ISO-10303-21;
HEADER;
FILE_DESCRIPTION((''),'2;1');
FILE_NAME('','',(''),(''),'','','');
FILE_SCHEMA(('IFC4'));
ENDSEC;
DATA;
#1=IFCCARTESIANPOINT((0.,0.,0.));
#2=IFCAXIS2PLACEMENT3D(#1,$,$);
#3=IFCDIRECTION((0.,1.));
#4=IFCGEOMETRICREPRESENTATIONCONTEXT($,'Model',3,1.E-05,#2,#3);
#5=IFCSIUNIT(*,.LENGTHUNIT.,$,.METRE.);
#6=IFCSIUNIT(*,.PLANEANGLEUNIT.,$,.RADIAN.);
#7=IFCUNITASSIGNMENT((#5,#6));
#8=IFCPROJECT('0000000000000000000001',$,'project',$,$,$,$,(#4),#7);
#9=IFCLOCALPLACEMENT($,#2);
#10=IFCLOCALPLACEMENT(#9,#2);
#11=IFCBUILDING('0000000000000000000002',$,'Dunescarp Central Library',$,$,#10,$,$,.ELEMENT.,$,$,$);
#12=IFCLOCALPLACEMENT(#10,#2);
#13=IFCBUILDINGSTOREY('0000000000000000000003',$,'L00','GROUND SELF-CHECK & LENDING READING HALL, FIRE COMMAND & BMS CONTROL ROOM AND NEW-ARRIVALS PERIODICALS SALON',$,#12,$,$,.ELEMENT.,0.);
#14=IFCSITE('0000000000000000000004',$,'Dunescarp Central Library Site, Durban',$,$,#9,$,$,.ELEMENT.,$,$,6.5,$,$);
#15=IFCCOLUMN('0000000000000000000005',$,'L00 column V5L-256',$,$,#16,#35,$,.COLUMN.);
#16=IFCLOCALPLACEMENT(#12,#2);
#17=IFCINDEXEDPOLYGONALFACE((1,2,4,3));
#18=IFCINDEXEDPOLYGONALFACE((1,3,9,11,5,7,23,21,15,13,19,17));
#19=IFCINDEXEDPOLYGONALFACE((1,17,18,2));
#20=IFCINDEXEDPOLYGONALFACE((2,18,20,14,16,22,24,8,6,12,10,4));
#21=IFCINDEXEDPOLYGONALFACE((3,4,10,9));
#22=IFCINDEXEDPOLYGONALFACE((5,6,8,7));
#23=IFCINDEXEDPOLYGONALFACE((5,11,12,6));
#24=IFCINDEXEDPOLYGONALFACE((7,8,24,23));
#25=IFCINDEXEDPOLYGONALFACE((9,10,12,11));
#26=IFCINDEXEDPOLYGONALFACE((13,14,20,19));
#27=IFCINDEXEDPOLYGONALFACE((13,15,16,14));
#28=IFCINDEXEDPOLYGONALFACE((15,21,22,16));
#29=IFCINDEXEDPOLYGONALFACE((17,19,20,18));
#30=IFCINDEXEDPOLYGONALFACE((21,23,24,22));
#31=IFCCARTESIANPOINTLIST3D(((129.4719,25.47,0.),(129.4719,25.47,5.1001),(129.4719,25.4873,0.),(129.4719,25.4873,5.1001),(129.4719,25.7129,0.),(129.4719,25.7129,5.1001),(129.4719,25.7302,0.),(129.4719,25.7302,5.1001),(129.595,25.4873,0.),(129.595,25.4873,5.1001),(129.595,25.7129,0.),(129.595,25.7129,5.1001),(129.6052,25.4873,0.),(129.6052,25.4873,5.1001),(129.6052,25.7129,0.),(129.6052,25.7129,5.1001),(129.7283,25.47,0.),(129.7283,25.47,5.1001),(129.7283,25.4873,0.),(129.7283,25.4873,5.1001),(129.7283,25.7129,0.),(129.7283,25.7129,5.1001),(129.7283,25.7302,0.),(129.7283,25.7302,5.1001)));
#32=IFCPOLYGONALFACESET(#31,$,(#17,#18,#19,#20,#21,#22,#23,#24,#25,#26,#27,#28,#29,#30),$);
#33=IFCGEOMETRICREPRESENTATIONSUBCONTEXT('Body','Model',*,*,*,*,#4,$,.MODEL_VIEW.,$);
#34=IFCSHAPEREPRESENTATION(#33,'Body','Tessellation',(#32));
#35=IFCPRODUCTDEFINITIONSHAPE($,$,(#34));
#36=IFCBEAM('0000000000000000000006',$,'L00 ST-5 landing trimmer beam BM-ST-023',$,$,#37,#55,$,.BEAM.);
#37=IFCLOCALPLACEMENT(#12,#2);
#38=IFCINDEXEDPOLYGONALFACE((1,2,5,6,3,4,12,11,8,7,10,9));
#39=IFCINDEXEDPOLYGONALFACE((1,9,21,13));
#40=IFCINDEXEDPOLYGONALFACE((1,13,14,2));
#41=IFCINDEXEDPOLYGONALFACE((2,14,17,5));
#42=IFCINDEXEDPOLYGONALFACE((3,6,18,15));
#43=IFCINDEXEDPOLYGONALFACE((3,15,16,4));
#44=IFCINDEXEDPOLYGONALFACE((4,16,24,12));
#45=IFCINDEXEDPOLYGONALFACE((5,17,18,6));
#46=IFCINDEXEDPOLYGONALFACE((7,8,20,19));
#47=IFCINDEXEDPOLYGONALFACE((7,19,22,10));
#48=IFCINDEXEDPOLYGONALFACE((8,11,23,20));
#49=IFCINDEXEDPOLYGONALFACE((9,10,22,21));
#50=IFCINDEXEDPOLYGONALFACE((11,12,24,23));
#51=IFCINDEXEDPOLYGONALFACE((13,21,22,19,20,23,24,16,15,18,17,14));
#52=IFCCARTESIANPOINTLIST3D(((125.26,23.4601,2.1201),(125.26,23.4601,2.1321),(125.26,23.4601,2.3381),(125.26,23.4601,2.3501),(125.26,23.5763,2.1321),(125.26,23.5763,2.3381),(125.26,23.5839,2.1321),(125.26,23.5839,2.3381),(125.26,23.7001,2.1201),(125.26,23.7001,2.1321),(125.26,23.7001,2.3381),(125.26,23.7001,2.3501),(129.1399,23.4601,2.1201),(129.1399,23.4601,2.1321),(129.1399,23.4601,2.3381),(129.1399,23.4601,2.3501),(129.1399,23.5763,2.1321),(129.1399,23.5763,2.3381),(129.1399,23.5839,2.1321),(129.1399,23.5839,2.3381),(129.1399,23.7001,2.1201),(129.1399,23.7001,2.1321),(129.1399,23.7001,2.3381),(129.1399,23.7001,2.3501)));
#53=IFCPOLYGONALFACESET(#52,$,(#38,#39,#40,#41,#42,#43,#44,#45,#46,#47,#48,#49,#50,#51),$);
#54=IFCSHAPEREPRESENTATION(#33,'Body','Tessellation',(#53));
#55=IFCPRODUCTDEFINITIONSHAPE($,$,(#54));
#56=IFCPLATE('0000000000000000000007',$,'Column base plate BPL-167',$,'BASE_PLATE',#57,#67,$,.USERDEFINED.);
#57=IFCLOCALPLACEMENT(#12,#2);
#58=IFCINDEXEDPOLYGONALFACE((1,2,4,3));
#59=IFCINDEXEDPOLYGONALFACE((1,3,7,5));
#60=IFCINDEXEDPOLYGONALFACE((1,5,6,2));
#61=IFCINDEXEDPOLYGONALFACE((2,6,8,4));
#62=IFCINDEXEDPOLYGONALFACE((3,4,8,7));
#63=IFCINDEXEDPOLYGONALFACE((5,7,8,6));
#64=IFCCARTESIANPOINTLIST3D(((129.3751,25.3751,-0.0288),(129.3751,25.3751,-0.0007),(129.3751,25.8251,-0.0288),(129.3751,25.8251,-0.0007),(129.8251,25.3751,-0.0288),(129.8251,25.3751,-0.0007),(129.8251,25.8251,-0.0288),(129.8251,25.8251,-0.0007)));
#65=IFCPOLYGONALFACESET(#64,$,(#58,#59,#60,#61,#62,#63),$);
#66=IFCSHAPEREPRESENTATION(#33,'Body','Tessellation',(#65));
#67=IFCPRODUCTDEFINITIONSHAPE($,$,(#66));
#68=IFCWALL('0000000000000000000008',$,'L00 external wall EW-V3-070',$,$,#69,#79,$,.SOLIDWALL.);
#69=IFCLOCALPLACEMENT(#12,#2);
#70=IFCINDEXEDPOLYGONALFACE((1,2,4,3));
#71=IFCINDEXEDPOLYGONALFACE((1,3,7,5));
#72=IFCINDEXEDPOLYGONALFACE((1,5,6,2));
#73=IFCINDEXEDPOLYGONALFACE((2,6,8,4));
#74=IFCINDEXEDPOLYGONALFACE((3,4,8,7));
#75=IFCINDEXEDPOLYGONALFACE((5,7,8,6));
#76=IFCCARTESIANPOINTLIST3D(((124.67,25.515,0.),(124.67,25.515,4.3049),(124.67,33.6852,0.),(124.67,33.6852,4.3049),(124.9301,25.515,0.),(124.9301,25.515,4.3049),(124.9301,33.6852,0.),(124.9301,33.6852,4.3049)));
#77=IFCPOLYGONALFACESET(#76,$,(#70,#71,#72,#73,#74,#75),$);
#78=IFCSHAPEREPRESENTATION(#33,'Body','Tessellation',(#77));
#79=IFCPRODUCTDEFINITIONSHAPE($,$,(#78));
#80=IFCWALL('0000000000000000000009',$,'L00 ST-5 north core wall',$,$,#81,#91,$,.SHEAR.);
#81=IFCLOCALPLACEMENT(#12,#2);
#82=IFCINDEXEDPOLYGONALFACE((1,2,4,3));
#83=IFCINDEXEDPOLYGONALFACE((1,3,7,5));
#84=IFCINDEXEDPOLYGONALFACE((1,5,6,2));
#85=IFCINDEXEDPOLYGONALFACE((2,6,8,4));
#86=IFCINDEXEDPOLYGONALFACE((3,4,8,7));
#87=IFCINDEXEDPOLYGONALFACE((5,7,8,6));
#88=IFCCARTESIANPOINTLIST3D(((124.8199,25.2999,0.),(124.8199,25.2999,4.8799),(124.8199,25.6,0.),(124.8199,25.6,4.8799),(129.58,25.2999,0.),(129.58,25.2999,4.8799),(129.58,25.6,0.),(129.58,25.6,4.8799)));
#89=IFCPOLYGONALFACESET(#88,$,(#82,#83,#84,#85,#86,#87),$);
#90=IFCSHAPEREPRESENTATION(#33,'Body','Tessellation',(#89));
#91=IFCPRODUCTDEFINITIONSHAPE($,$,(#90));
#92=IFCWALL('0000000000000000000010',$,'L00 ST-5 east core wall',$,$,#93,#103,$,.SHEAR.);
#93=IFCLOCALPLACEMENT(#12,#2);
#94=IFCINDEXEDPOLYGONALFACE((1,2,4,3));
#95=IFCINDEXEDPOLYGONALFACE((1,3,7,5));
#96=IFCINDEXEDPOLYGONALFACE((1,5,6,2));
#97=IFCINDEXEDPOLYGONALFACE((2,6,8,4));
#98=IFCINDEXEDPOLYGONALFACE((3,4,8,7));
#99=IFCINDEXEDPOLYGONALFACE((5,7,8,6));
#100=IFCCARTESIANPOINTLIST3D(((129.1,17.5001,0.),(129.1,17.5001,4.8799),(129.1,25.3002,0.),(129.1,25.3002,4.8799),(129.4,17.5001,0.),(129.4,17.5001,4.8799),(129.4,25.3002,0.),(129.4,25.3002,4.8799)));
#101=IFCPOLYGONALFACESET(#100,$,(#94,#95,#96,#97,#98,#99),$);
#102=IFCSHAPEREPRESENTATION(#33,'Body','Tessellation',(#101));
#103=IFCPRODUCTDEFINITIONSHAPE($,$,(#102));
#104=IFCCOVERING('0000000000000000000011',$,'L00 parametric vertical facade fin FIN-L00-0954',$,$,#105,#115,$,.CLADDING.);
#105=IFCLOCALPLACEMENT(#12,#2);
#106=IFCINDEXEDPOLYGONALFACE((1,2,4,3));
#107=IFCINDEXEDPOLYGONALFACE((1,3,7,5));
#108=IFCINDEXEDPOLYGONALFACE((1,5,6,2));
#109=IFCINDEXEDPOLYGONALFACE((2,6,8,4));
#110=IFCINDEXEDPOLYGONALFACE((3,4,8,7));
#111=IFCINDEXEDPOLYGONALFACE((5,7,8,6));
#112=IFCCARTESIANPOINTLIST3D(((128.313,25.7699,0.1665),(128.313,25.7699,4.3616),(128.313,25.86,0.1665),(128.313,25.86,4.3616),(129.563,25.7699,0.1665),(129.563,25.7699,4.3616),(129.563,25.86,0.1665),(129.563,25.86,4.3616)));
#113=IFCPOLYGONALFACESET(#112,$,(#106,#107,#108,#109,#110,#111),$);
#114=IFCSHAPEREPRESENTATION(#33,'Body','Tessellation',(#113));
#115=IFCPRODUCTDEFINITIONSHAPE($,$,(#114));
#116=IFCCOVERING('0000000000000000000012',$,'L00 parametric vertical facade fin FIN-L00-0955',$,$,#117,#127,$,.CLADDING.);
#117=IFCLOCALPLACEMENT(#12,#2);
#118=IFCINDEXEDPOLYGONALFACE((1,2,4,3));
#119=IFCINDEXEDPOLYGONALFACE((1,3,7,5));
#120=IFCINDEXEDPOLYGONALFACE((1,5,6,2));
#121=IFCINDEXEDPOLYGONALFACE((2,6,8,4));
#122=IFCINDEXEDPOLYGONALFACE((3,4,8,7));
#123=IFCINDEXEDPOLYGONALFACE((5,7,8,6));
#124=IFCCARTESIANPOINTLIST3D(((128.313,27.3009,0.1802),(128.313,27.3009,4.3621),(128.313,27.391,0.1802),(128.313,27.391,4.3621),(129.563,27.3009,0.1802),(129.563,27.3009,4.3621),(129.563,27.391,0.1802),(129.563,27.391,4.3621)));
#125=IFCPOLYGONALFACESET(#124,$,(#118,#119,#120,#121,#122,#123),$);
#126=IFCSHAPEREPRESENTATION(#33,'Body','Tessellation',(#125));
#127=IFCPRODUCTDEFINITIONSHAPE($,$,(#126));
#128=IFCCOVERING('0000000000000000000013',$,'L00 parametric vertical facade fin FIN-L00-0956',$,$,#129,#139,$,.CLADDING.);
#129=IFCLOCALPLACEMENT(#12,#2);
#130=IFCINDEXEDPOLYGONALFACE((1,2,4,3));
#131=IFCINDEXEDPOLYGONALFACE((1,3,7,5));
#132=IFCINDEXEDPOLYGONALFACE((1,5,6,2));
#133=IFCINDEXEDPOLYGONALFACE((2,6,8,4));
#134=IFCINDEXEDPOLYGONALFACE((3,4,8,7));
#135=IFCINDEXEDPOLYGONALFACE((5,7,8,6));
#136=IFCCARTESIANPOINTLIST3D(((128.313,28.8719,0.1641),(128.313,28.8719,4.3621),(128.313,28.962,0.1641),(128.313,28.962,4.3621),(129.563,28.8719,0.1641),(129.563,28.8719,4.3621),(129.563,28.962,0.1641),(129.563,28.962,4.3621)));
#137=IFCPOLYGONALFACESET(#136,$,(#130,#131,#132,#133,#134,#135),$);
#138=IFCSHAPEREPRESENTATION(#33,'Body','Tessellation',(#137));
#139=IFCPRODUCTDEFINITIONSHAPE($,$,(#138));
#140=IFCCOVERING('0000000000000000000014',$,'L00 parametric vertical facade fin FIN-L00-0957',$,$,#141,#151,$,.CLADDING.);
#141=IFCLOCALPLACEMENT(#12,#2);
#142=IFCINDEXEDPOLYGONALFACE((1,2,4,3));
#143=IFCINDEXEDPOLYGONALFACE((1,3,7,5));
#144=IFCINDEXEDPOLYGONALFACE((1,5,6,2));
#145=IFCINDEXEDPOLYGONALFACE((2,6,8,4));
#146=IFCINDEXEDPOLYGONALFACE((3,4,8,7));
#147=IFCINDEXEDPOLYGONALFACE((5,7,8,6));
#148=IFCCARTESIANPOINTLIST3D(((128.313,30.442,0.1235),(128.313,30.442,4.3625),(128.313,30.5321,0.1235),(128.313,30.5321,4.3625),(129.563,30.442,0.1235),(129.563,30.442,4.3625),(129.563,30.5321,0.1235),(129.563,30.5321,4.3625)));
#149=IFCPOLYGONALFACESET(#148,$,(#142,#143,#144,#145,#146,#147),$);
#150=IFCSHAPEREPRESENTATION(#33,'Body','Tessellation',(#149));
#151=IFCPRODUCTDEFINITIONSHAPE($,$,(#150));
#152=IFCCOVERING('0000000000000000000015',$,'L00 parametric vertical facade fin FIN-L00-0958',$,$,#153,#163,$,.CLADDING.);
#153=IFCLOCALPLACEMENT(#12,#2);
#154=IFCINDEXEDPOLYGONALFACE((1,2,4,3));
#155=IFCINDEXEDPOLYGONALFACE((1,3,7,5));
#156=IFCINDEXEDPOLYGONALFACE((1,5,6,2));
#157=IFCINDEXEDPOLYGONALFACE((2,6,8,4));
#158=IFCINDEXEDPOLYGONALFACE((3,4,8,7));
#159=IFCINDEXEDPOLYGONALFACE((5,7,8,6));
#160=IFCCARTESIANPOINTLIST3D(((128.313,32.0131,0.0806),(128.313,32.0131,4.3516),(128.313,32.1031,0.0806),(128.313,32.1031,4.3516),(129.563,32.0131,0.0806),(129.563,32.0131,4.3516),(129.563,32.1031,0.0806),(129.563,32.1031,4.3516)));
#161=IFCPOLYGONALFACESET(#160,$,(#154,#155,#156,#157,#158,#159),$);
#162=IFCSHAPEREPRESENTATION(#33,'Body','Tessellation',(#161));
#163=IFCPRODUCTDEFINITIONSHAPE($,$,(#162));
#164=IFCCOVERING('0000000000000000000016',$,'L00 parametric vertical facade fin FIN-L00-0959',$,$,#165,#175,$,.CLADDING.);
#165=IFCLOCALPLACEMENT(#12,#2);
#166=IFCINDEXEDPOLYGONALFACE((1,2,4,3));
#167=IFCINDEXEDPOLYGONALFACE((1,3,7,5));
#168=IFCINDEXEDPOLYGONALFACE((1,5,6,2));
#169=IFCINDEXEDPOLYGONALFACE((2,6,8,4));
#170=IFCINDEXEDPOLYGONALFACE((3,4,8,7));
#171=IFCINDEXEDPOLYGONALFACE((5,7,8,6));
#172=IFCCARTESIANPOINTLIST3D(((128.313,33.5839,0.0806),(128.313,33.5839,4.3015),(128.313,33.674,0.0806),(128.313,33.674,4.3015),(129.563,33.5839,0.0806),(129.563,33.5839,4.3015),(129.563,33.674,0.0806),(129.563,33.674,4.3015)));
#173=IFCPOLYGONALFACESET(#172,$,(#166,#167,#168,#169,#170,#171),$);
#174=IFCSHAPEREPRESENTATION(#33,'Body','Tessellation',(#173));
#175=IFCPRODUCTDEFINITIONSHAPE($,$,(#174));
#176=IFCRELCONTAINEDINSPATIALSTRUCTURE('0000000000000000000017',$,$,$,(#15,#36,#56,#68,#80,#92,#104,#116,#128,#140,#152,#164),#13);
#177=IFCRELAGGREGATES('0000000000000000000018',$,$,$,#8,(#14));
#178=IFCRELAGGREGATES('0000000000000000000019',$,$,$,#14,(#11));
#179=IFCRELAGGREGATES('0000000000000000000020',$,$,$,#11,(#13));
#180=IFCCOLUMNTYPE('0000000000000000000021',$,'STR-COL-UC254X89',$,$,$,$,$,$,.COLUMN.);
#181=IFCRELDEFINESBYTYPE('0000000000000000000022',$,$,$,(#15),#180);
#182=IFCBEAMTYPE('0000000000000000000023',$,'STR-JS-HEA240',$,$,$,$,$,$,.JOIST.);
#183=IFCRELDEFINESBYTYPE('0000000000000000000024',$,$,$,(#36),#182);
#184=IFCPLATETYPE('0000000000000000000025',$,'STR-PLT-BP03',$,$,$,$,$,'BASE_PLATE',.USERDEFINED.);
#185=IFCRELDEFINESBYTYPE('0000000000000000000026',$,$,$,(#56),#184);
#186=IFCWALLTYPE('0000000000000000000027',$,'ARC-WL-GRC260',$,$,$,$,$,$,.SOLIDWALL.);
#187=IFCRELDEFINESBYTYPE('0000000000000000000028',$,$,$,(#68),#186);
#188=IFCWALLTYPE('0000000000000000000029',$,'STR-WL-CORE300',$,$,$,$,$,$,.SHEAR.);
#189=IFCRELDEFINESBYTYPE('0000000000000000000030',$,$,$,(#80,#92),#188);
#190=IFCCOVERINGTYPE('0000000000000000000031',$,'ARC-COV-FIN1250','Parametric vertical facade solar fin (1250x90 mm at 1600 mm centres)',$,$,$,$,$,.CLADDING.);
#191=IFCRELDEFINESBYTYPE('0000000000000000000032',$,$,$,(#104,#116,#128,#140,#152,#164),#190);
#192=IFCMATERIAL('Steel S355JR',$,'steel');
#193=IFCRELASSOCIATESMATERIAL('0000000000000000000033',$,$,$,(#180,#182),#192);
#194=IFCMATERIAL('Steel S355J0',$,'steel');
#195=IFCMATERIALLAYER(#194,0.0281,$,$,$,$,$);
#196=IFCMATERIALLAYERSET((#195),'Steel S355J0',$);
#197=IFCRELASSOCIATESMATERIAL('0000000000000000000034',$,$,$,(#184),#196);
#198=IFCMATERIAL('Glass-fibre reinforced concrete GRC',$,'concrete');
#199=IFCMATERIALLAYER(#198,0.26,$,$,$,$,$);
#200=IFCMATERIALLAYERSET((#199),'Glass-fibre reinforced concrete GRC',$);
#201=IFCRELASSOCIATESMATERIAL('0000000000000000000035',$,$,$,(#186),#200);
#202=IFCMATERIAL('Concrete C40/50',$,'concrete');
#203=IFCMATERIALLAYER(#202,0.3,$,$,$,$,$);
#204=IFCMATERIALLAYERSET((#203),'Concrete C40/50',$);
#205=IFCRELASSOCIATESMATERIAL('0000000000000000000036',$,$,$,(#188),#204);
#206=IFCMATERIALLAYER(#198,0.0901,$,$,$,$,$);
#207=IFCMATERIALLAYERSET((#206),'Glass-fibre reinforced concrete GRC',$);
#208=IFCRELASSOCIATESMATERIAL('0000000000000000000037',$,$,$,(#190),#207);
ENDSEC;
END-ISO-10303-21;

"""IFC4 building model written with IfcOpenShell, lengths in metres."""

from ifc_helpers import new_model, si_unit, direction, frame, frame_2d, origin, origin_2d, place, context, subcontext, project, spatial, rectangle, i_section, extrude, material, layer, layer_set, material_profile, profile_set, type_object, element, save


model = new_model("IFC4")

# Units and contexts
model_context = context("Model", 3, precision=1e-05, world=origin(), true_north=direction((0.0, 1.0)))
body_context = subcontext(model_context, "Body", "Model", "MODEL_VIEW")
ifc_project = project(units=[si_unit("LENGTHUNIT", "METRE"), si_unit("PLANEANGLEUNIT", "RADIAN")], contexts=[model_context])

# Site, building, storey
site_placement = place(None, origin())
site = spatial("IfcSite", under=ifc_project, at=site_placement, Name="Dunescarp Central Library Site, Durban", CompositionType="ELEMENT", RefElevation=6.5)
building_placement = place(site_placement, origin())
building = spatial("IfcBuilding", under=site, at=building_placement, Name="Dunescarp Central Library", CompositionType="ELEMENT")
storey_placement = place(building_placement, origin())
storey = spatial("IfcBuildingStorey", under=building, at=storey_placement, Name="L00", Description="GROUND SELF-CHECK & LENDING READING HALL, FIRE COMMAND & BMS CONTROL ROOM AND NEW-ARRIVALS PERIODICALS SALON", CompositionType="ELEMENT", Elevation=0.0)

# Shared definitions
ifc_material_1 = material(Name="Concrete C40/50", Category="concrete")

# Column
ifc_material_2 = material(Name="Steel S355JR", Category="steel")
ifc_material_profile_1 = material_profile(ifc_material_2, i_section(OverallWidth=0.2563, OverallDepth=0.2603, WebThickness=0.0103, FlangeThickness=0.0173, at=origin_2d()), Name="UC 254x254x89")
ifc_profile_set_1 = profile_set([ifc_material_profile_1], Name="Steel S355JR")
column_type = type_object("IfcColumnType", Name="STR-COL-UC254X89", PredefinedType="COLUMN", material=ifc_profile_set_1)
column_placement = place(storey_placement, frame((129.6001, 25.6001, 0.0), z_axis=(0.0, 0.0, 1.0), x_axis=(1.0, 0.0, 0.0)))
element("IfcColumn", 1, at=column_placement, inside=storey, type_object=column_type, Name="L00 column V5L-256", PredefinedType="COLUMN", context=body_context, shape_type="SweptSolid", body=[
    extrude(i_section(OverallWidth=0.2563, OverallDepth=0.2603, WebThickness=0.0103, FlangeThickness=0.0173, at=origin_2d()), origin(), (0.0, 0.0, 1.0), 5.1001),
])

# Beam
ifc_material_profile_2 = material_profile(ifc_material_2, i_section(OverallWidth=0.24, OverallDepth=0.23, WebThickness=0.0076, FlangeThickness=0.012, at=origin_2d()), Name="HEA 240")
ifc_profile_set_2 = profile_set([ifc_material_profile_2], Name="Steel S355JR")
beam_type = type_object("IfcBeamType", Name="STR-JS-HEA240", PredefinedType="JOIST", material=ifc_profile_set_2)
beam_placement = place(storey_placement, frame((125.26, 23.5801, 2.2351), z_axis=(1.0, 0.0, 0.0), x_axis=(0.0, 1.0, 0.0)))
element("IfcBeam", 2, at=beam_placement, inside=storey, type_object=beam_type, Name="L00 ST-5 landing trimmer beam BM-ST-023", PredefinedType="BEAM", context=body_context, shape_type="SweptSolid", body=[
    extrude(i_section(OverallWidth=0.24, OverallDepth=0.23, WebThickness=0.0076, FlangeThickness=0.012, at=origin_2d()), origin(), (0.0, 0.0, 1.0), 3.8799),
])

# Plate
ifc_material_3 = material(Name="Steel S355J0", Category="steel")
ifc_layer_1 = layer(ifc_material_3, 0.0281)
ifc_layer_set_1 = layer_set([ifc_layer_1], Name="Steel S355J0")
plate_type = type_object("IfcPlateType", Name="STR-PLT-BP03", ElementType="BASE_PLATE", PredefinedType="USERDEFINED", material=ifc_layer_set_1)
plate_placement = place(storey_placement, frame((129.6001, 25.6001, -0.0288), z_axis=(0.0, 0.0, 1.0), x_axis=(1.0, 0.0, 0.0)))
element("IfcPlate", 3, at=plate_placement, inside=storey, type_object=plate_type, Name="Column base plate BPL-167", ObjectType="BASE_PLATE", PredefinedType="USERDEFINED", context=body_context, shape_type="SweptSolid", body=[
    extrude(rectangle(XDim=0.45, YDim=0.45, at=origin_2d()), origin(), (0.0, 0.0, 1.0), 0.0281),
])

# Walls
ifc_material_4 = material(Name="Glass-fibre reinforced concrete GRC", Category="concrete")
ifc_layer_2 = layer(ifc_material_4, 0.26)
ifc_layer_set_2 = layer_set([ifc_layer_2], Name="Glass-fibre reinforced concrete GRC")
wall_type_1 = type_object("IfcWallType", Name="ARC-WL-GRC260", PredefinedType="SOLIDWALL", material=ifc_layer_set_2)
wall_1_placement = place(storey_placement, frame((124.8, 33.6851, 0.0), z_axis=(0.0, 0.0, 1.0), x_axis=(0.0, -1.0, 0.0)))
element("IfcWall", 4, at=wall_1_placement, inside=storey, type_object=wall_type_1, Name="L00 external wall EW-V3-070", PredefinedType="SOLIDWALL", context=body_context, shape_type="SweptSolid", body=[
    extrude(rectangle(XDim=8.1702, YDim=0.26, at=frame_2d((4.085, 0.0))), origin(), (0.0, 0.0, 1.0), 4.3049),
])
ifc_layer_3 = layer(ifc_material_1, 0.3)
ifc_layer_set_3 = layer_set([ifc_layer_3], Name="Concrete C40/50")
wall_type_2 = type_object("IfcWallType", Name="STR-WL-CORE300", PredefinedType="SHEAR", material=ifc_layer_set_3)
wall_2_placement = place(storey_placement, frame((124.8201, 25.45, 0.0), z_axis=(0.0, 0.0, 1.0), x_axis=(1.0, 0.0, 0.0)))
element("IfcWall", 5, at=wall_2_placement, inside=storey, type_object=wall_type_2, Name="L00 ST-5 north core wall", PredefinedType="SHEAR", context=body_context, shape_type="SweptSolid", body=[
    extrude(rectangle(XDim=4.76, YDim=0.3, at=frame_2d((2.3799, 0.0))), origin(), (0.0, 0.0, 1.0), 4.8799),
])
wall_3_placement = place(storey_placement, frame((129.25, 25.3, 0.0), z_axis=(0.0, 0.0, 1.0), x_axis=(0.0, -1.0, 0.0)))
element("IfcWall", 6, at=wall_3_placement, inside=storey, type_object=wall_type_2, Name="L00 ST-5 east core wall", PredefinedType="SHEAR", context=body_context, shape_type="SweptSolid", body=[
    extrude(rectangle(XDim=7.8, YDim=0.3, at=frame_2d((3.8999, 0.0))), origin(), (0.0, 0.0, 1.0), 4.8799),
])

# Coverings
ifc_layer_4 = layer(ifc_material_4, 0.0901)
ifc_layer_set_4 = layer_set([ifc_layer_4], Name="Glass-fibre reinforced concrete GRC")
covering_type = type_object("IfcCoveringType", Name="ARC-COV-FIN1250", Description="Parametric vertical facade solar fin (1250x90 mm at 1600 mm centres)", PredefinedType="CLADDING", material=ifc_layer_set_4)
covering_1_placement = place(storey_placement, frame((128.938, 25.8149, 0.1665), z_axis=(0.0, 0.0, 1.0), x_axis=(-1.0, 0.0, 0.0)))
element("IfcCovering", 7, at=covering_1_placement, inside=storey, type_object=covering_type, Name="L00 parametric vertical facade fin FIN-L00-0954", PredefinedType="CLADDING", context=body_context, shape_type="SweptSolid", body=[
    extrude(rectangle(XDim=1.25, YDim=0.0901, at=origin_2d()), origin(), (0.0, 0.0, 1.0), 4.1951),
])
covering_2_placement = place(storey_placement, frame((128.938, 27.3459, 0.1802), z_axis=(0.0, 0.0, 1.0), x_axis=(-1.0, 0.0, 0.0)))
element("IfcCovering", 8, at=covering_2_placement, inside=storey, type_object=covering_type, Name="L00 parametric vertical facade fin FIN-L00-0955", PredefinedType="CLADDING", context=body_context, shape_type="SweptSolid", body=[
    extrude(rectangle(XDim=1.25, YDim=0.0901, at=origin_2d()), origin(), (0.0, 0.0, 1.0), 4.1819),
])
covering_3_placement = place(storey_placement, frame((128.938, 28.917, 0.1641), z_axis=(0.0, 0.0, 1.0), x_axis=(-1.0, 0.0, 0.0)))
element("IfcCovering", 9, at=covering_3_placement, inside=storey, type_object=covering_type, Name="L00 parametric vertical facade fin FIN-L00-0956", PredefinedType="CLADDING", context=body_context, shape_type="SweptSolid", body=[
    extrude(rectangle(XDim=1.25, YDim=0.0901, at=origin_2d()), origin(), (0.0, 0.0, 1.0), 4.198),
])
covering_4_placement = place(storey_placement, frame((128.938, 30.4871, 0.1235), z_axis=(0.0, 0.0, 1.0), x_axis=(-1.0, 0.0, 0.0)))
element("IfcCovering", 10, at=covering_4_placement, inside=storey, type_object=covering_type, Name="L00 parametric vertical facade fin FIN-L00-0957", PredefinedType="CLADDING", context=body_context, shape_type="SweptSolid", body=[
    extrude(rectangle(XDim=1.25, YDim=0.0901, at=origin_2d()), origin(), (0.0, 0.0, 1.0), 4.239),
])
covering_5_placement = place(storey_placement, frame((128.938, 32.0581, 0.0806), z_axis=(0.0, 0.0, 1.0), x_axis=(-1.0, 0.0, 0.0)))
element("IfcCovering", 11, at=covering_5_placement, inside=storey, type_object=covering_type, Name="L00 parametric vertical facade fin FIN-L00-0958", PredefinedType="CLADDING", context=body_context, shape_type="SweptSolid", body=[
    extrude(rectangle(XDim=1.25, YDim=0.0901, at=origin_2d()), origin(), (0.0, 0.0, 1.0), 4.271),
])
covering_6_placement = place(storey_placement, frame((128.938, 33.6289, 0.0806), z_axis=(0.0, 0.0, 1.0), x_axis=(-1.0, 0.0, 0.0)))
element("IfcCovering", 12, at=covering_6_placement, inside=storey, type_object=covering_type, Name="L00 parametric vertical facade fin FIN-L00-0959", PredefinedType="CLADDING", context=body_context, shape_type="SweptSolid", body=[
    extrude(rectangle(XDim=1.25, YDim=0.0901, at=origin_2d()), origin(), (0.0, 0.0, 1.0), 4.2209),
])

save(model, "model.ifc")
